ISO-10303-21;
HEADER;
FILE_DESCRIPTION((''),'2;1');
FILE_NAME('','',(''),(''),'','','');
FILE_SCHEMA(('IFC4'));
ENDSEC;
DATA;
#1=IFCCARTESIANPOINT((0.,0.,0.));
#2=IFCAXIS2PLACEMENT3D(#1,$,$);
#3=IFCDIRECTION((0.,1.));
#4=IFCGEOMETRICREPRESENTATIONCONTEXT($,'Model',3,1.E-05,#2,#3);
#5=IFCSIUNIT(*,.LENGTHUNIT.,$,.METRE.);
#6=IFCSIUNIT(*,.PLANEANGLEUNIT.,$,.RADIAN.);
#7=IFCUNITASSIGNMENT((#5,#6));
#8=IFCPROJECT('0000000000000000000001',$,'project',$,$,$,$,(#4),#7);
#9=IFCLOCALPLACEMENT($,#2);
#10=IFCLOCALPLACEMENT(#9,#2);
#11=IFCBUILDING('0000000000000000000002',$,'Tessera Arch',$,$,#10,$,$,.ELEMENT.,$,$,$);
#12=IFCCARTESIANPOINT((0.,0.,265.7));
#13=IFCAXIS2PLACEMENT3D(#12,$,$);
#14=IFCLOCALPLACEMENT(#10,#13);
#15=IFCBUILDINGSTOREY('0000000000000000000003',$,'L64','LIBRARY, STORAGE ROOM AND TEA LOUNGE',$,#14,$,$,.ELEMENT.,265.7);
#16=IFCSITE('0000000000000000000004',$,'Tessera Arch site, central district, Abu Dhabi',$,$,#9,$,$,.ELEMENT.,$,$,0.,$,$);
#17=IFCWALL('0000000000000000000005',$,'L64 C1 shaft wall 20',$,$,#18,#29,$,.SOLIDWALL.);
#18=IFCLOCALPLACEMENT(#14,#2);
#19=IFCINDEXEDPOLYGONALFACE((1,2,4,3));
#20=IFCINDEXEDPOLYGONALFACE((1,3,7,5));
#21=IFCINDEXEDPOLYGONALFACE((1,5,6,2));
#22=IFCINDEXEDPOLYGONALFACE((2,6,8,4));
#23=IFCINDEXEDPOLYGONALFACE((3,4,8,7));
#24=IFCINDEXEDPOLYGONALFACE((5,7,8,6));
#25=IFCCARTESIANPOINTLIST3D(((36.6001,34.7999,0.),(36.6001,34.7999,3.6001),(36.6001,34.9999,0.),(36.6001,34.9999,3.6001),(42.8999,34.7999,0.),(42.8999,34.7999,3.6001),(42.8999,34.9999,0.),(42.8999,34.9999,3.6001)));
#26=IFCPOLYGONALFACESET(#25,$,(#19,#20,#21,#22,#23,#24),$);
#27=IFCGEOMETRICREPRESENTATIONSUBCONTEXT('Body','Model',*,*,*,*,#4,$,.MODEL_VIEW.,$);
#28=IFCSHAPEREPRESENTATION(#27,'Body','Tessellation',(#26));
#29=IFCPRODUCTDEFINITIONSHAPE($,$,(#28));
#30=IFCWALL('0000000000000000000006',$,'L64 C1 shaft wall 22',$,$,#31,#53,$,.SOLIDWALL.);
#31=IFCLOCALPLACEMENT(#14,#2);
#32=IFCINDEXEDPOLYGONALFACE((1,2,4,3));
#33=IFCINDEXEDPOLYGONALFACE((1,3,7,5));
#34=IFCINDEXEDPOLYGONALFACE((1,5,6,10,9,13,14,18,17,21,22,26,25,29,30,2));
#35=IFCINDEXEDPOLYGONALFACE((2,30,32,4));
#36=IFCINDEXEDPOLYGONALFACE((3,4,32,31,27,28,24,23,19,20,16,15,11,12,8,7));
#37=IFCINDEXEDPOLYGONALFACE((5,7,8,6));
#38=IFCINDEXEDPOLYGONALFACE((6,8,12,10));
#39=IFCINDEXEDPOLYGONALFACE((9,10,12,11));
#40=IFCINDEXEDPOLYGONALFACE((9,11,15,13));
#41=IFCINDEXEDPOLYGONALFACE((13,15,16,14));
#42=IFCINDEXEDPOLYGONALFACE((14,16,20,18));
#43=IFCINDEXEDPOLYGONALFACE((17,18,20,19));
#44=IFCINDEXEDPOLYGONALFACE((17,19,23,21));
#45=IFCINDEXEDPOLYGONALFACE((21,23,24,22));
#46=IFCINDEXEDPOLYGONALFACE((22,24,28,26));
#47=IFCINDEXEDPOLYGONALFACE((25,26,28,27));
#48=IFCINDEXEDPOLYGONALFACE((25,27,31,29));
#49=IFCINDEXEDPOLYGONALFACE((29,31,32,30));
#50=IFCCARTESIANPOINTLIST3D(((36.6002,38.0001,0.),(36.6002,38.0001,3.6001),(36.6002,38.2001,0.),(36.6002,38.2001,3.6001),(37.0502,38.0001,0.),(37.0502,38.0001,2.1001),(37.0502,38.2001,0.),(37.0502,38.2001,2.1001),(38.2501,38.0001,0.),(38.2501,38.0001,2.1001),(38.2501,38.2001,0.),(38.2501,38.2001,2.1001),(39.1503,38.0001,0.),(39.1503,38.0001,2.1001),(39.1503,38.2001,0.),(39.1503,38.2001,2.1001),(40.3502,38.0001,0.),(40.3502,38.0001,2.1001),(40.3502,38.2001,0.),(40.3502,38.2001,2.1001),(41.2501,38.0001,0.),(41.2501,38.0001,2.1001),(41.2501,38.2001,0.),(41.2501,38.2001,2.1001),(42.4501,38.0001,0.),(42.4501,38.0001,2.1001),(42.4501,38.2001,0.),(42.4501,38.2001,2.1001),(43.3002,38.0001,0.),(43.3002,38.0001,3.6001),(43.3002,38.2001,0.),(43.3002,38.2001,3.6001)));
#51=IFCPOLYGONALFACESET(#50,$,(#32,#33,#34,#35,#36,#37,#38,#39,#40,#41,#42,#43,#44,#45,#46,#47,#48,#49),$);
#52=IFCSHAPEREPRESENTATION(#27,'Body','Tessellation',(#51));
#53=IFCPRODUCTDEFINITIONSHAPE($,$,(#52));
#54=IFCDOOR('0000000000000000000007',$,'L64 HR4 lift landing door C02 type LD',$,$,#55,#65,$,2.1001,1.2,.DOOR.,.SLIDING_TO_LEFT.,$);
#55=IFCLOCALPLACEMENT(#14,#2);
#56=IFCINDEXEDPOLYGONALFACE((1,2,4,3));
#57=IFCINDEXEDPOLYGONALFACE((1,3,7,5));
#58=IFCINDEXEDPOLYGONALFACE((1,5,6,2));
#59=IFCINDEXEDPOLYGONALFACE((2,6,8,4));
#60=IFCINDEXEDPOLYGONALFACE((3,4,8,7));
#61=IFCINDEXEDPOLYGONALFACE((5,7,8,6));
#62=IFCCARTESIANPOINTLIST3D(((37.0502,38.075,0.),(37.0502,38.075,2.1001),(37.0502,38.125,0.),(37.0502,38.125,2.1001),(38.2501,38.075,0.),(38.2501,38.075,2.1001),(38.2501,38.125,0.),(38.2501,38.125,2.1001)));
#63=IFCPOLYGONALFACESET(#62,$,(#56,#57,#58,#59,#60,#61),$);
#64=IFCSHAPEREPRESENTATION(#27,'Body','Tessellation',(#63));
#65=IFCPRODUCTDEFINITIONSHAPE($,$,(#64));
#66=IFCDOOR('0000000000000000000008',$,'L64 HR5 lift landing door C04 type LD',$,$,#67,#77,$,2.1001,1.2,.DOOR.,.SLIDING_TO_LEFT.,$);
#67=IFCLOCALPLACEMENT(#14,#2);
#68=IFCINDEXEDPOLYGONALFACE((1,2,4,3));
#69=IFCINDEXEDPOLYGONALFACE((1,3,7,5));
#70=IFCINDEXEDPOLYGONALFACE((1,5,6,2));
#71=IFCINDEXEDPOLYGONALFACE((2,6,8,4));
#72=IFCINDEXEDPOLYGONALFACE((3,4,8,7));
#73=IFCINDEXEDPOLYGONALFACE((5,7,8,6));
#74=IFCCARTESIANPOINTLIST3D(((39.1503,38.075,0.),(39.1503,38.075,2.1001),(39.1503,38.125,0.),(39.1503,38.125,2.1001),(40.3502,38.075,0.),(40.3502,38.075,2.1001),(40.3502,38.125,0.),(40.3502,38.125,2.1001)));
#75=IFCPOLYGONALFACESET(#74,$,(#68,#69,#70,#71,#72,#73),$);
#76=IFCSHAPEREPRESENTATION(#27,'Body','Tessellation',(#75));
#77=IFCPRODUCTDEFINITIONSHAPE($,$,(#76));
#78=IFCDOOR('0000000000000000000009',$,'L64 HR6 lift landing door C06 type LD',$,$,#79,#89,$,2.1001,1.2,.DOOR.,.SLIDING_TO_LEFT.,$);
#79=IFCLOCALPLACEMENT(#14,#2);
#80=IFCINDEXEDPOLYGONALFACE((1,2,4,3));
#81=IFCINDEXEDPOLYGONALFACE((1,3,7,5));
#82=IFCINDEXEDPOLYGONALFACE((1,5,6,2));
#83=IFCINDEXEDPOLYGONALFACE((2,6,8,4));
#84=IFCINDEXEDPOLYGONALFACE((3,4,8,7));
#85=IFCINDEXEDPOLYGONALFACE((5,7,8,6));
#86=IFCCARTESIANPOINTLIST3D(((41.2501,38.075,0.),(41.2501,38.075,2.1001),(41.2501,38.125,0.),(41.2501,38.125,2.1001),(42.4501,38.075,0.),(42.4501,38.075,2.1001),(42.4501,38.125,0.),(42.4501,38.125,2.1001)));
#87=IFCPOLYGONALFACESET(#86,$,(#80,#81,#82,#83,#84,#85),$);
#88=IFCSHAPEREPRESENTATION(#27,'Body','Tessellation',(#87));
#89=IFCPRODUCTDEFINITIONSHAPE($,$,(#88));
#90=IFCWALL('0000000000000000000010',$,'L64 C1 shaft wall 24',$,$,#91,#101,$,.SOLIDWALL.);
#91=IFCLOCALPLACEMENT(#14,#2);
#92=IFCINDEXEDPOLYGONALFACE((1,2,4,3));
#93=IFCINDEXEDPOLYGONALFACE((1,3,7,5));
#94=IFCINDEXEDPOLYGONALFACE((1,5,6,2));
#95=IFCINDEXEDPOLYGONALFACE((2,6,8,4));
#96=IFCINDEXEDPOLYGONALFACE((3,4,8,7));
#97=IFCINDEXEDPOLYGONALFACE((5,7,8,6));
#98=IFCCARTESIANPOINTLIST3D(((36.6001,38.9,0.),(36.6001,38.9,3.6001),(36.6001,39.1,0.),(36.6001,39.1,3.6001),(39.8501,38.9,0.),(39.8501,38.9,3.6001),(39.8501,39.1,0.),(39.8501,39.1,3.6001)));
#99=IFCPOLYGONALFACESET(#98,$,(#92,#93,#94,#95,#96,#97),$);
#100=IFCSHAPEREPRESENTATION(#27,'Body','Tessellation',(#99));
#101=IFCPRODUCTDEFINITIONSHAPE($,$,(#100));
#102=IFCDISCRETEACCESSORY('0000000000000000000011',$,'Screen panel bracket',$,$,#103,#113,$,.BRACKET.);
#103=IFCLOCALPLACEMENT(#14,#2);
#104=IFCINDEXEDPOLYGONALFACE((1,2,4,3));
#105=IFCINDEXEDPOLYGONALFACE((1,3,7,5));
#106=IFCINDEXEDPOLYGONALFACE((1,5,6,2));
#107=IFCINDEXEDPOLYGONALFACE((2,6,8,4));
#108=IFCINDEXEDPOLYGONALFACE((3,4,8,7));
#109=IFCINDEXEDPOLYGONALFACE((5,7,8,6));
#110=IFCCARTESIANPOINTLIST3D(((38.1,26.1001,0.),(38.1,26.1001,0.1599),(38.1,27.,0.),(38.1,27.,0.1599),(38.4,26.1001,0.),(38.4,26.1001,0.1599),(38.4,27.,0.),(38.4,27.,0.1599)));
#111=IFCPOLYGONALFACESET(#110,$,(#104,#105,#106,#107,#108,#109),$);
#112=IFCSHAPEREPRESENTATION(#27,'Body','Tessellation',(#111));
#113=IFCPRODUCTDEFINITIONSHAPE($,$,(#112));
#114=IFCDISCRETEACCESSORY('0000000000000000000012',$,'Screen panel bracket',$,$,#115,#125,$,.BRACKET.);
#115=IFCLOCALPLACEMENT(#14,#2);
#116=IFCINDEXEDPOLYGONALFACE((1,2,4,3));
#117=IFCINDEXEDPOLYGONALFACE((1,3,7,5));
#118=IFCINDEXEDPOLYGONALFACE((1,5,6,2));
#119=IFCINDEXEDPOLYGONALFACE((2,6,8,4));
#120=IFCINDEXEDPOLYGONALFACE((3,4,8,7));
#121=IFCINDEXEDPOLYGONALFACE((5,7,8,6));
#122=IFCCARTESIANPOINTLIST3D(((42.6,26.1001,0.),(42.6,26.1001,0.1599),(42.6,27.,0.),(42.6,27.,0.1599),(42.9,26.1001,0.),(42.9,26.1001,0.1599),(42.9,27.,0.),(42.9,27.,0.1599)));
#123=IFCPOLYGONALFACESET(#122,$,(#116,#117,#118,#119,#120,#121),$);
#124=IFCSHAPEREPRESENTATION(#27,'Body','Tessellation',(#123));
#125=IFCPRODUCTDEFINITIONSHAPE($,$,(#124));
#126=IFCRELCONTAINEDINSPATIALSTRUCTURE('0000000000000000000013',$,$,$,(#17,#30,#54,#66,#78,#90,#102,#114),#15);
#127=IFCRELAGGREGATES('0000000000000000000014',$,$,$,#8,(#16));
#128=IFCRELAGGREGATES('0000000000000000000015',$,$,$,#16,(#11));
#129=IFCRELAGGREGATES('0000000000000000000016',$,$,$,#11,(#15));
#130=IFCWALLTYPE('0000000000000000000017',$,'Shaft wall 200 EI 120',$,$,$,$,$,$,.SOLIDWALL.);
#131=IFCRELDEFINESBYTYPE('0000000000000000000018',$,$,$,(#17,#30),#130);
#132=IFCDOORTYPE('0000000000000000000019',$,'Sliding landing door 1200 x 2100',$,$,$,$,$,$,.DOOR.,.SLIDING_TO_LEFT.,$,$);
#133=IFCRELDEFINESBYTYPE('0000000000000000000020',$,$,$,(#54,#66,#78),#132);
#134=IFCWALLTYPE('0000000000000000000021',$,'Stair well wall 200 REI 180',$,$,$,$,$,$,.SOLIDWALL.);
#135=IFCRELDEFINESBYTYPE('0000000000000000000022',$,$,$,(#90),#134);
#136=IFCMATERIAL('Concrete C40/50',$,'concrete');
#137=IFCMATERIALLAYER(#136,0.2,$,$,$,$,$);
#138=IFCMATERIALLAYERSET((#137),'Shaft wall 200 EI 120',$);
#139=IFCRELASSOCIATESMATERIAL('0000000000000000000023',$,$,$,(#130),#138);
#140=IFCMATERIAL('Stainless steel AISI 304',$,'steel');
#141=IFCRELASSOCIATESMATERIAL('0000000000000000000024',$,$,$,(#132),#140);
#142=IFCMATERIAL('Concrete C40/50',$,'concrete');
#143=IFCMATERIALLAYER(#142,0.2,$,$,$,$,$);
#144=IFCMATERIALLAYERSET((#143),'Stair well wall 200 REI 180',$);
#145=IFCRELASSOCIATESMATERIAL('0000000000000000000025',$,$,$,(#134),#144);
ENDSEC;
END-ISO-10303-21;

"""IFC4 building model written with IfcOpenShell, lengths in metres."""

from ifc_helpers import new_model, si_unit, direction, frame, frame_2d, origin, origin_2d, place, context, subcontext, project, spatial, rectangle, extrude, material, layer, layer_set, type_object, element, fill, save


model = new_model("IFC4")

# Units and contexts
model_context = context("Model", 3, precision=1e-05, world=origin(), true_north=direction((0.0, 1.0)))
body_context = subcontext(model_context, "Body", "Model", "MODEL_VIEW")
ifc_project = project(units=[si_unit("LENGTHUNIT", "METRE"), si_unit("PLANEANGLEUNIT", "RADIAN")], contexts=[model_context])

# Site, building, storey
site_placement = place(None, origin())
site = spatial("IfcSite", under=ifc_project, at=site_placement, Name="Tessera Arch site, central district, Abu Dhabi", CompositionType="ELEMENT", RefElevation=0.0)
building_placement = place(site_placement, origin())
building = spatial("IfcBuilding", under=site, at=building_placement, Name="Tessera Arch", CompositionType="ELEMENT")
storey_placement = place(building_placement, frame((0.0, 0.0, 265.7)))
storey = spatial("IfcBuildingStorey", under=building, at=storey_placement, Name="L64", Description="LIBRARY, STORAGE ROOM AND TEA LOUNGE", CompositionType="ELEMENT", Elevation=265.7)

# Shared definitions
ifc_material_1 = material(Name="Concrete C40/50", Category="concrete")
ifc_layer_1 = layer(ifc_material_1, 0.2)
ifc_layer_set_1 = layer_set([ifc_layer_1], Name="Shaft wall 200 EI 120")
wall_type_1 = type_object("IfcWallType", Name="Shaft wall 200 EI 120", PredefinedType="SOLIDWALL", material=ifc_layer_set_1)

# Shared definitions
ifc_material_2 = material(Name="Stainless steel AISI 304", Category="steel")
door_type = type_object("IfcDoorType", Name="Sliding landing door 1200 x 2100", OperationType="SLIDING_TO_LEFT", PredefinedType="DOOR", material=ifc_material_2)

# Wall
wall_1_placement = place(storey_placement, frame((36.6001, 34.8999, 0.0), z_axis=(0.0, 0.0, 1.0), x_axis=(1.0, 0.0, 0.0)))
element("IfcWall", 1, at=wall_1_placement, inside=storey, type_object=wall_type_1, Name="L64 C1 shaft wall 20", PredefinedType="SOLIDWALL", context=body_context, shape_type="SweptSolid", body=[
    extrude(rectangle(XDim=6.2998, YDim=0.2, at=frame_2d((3.1499, 0.0))), origin(), (0.0, 0.0, 1.0), 3.6001),
])

# Wall, openings, doors
wall_2_placement = place(storey_placement, frame((36.6001, 38.1001, 0.0), z_axis=(0.0, 0.0, 1.0), x_axis=(1.0, 0.0, 0.0)))
wall_2 = element("IfcWall", 2, at=wall_2_placement, inside=storey, type_object=wall_type_1, Name="L64 C1 shaft wall 22", PredefinedType="SOLIDWALL", context=body_context, shape_type="SweptSolid", body=[
    extrude(rectangle(XDim=6.7, YDim=0.2, at=frame_2d((3.3501, 0.0))), origin(), (0.0, 0.0, 1.0), 3.6001),
])
opening_1_placement = place(wall_2_placement, frame((0.45, 0.0, 0.0)))
opening_1 = element("IfcOpeningElement", 3, at=opening_1_placement, cuts=wall_2, PredefinedType="OPENING", context=body_context, shape_type="SweptSolid", body=[
    extrude(rectangle(XDim=1.2, YDim=2.1001, at=frame_2d((0.6001, 1.05))), frame((0.0, 0.1099, 0.0), z_axis=(0.0, -1.0, 0.0), x_axis=(1.0, 0.0, 0.0)), (0.0, 0.0, 1.0), 0.22),
])
opening_2_placement = place(wall_2_placement, frame((2.55, 0.0, 0.0)))
opening_2 = element("IfcOpeningElement", 4, at=opening_2_placement, cuts=wall_2, PredefinedType="OPENING", context=body_context, shape_type="SweptSolid", body=[
    extrude(rectangle(XDim=1.2, YDim=2.1001, at=frame_2d((0.6001, 1.05))), frame((0.0, 0.1099, 0.0), z_axis=(0.0, -1.0, 0.0), x_axis=(1.0, 0.0, 0.0)), (0.0, 0.0, 1.0), 0.22),
])
opening_3_placement = place(wall_2_placement, frame((4.6499, 0.0, 0.0)))
opening_3 = element("IfcOpeningElement", 5, at=opening_3_placement, cuts=wall_2, PredefinedType="OPENING", context=body_context, shape_type="SweptSolid", body=[
    extrude(rectangle(XDim=1.2, YDim=2.1001, at=frame_2d((0.6001, 1.05))), frame((0.0, 0.1099, 0.0), z_axis=(0.0, -1.0, 0.0), x_axis=(1.0, 0.0, 0.0)), (0.0, 0.0, 1.0), 0.22),
])
door_1_placement = place(opening_1_placement, origin())
door_1 = element("IfcDoor", 6, at=door_1_placement, inside=storey, type_object=door_type, Name="L64 HR4 lift landing door C02 type LD", OperationType="SLIDING_TO_LEFT", OverallHeight=2.1001, OverallWidth=1.2, PredefinedType="DOOR", context=body_context, shape_type="SweptSolid", body=[
    extrude(rectangle(XDim=1.2, YDim=2.1001, at=frame_2d((0.6001, 1.05))), frame((0.0, 0.0249, 0.0), z_axis=(0.0, -1.0, 0.0), x_axis=(1.0, 0.0, 0.0)), (0.0, 0.0, 1.0), 0.05),
])
fill(opening_1, door_1)
door_2_placement = place(opening_2_placement, origin())
door_2 = element("IfcDoor", 7, at=door_2_placement, inside=storey, type_object=door_type, Name="L64 HR5 lift landing door C04 type LD", OperationType="SLIDING_TO_LEFT", OverallHeight=2.1001, OverallWidth=1.2, PredefinedType="DOOR", context=body_context, shape_type="SweptSolid", body=[
    extrude(rectangle(XDim=1.2, YDim=2.1001, at=frame_2d((0.6001, 1.05))), frame((0.0, 0.0249, 0.0), z_axis=(0.0, -1.0, 0.0), x_axis=(1.0, 0.0, 0.0)), (0.0, 0.0, 1.0), 0.05),
])
fill(opening_2, door_2)
door_3_placement = place(opening_3_placement, origin())
door_3 = element("IfcDoor", 8, at=door_3_placement, inside=storey, type_object=door_type, Name="L64 HR6 lift landing door C06 type LD", OperationType="SLIDING_TO_LEFT", OverallHeight=2.1001, OverallWidth=1.2, PredefinedType="DOOR", context=body_context, shape_type="SweptSolid", body=[
    extrude(rectangle(XDim=1.2, YDim=2.1001, at=frame_2d((0.6001, 1.05))), frame((0.0, 0.0249, 0.0), z_axis=(0.0, -1.0, 0.0), x_axis=(1.0, 0.0, 0.0)), (0.0, 0.0, 1.0), 0.05),
])
fill(opening_3, door_3)

# Wall
ifc_material_3 = material(Name="Concrete C40/50", Category="concrete")
ifc_layer_2 = layer(ifc_material_3, 0.2)
ifc_layer_set_2 = layer_set([ifc_layer_2], Name="Stair well wall 200 REI 180")
wall_type_2 = type_object("IfcWallType", Name="Stair well wall 200 REI 180", PredefinedType="SOLIDWALL", material=ifc_layer_set_2)
wall_3_placement = place(storey_placement, frame((36.6001, 39.0, 0.0), z_axis=(0.0, 0.0, 1.0), x_axis=(1.0, 0.0, 0.0)))
element("IfcWall", 9, at=wall_3_placement, inside=storey, type_object=wall_type_2, Name="L64 C1 shaft wall 24", PredefinedType="SOLIDWALL", context=body_context, shape_type="SweptSolid", body=[
    extrude(rectangle(XDim=3.25, YDim=0.2, at=frame_2d((1.625, 0.0))), origin(), (0.0, 0.0, 1.0), 3.6001),
])

# Discrete accessories
for number, where, z_axis, x_axis, name in (
    (10, (38.25, 26.55, 0.0), (0.0, 0.0, 1.0), (0.0, -1.0, 0.0), "Screen panel bracket"),
    (11, (42.75, 26.55, 0.0), (0.0, 0.0, 1.0), (0.0, -1.0, 0.0), "Screen panel bracket"),
):
    element("IfcDiscreteAccessory", number, at=place(storey_placement, frame(where, z_axis=z_axis, x_axis=x_axis)), inside=storey, Name=name, PredefinedType="BRACKET", context=body_context, shape_type="SweptSolid", body=[
        extrude(rectangle(XDim=0.8999, YDim=0.3, at=origin_2d()), origin(), (0.0, 0.0, 1.0), 0.1599),
    ])

save(model, "model.ifc")
